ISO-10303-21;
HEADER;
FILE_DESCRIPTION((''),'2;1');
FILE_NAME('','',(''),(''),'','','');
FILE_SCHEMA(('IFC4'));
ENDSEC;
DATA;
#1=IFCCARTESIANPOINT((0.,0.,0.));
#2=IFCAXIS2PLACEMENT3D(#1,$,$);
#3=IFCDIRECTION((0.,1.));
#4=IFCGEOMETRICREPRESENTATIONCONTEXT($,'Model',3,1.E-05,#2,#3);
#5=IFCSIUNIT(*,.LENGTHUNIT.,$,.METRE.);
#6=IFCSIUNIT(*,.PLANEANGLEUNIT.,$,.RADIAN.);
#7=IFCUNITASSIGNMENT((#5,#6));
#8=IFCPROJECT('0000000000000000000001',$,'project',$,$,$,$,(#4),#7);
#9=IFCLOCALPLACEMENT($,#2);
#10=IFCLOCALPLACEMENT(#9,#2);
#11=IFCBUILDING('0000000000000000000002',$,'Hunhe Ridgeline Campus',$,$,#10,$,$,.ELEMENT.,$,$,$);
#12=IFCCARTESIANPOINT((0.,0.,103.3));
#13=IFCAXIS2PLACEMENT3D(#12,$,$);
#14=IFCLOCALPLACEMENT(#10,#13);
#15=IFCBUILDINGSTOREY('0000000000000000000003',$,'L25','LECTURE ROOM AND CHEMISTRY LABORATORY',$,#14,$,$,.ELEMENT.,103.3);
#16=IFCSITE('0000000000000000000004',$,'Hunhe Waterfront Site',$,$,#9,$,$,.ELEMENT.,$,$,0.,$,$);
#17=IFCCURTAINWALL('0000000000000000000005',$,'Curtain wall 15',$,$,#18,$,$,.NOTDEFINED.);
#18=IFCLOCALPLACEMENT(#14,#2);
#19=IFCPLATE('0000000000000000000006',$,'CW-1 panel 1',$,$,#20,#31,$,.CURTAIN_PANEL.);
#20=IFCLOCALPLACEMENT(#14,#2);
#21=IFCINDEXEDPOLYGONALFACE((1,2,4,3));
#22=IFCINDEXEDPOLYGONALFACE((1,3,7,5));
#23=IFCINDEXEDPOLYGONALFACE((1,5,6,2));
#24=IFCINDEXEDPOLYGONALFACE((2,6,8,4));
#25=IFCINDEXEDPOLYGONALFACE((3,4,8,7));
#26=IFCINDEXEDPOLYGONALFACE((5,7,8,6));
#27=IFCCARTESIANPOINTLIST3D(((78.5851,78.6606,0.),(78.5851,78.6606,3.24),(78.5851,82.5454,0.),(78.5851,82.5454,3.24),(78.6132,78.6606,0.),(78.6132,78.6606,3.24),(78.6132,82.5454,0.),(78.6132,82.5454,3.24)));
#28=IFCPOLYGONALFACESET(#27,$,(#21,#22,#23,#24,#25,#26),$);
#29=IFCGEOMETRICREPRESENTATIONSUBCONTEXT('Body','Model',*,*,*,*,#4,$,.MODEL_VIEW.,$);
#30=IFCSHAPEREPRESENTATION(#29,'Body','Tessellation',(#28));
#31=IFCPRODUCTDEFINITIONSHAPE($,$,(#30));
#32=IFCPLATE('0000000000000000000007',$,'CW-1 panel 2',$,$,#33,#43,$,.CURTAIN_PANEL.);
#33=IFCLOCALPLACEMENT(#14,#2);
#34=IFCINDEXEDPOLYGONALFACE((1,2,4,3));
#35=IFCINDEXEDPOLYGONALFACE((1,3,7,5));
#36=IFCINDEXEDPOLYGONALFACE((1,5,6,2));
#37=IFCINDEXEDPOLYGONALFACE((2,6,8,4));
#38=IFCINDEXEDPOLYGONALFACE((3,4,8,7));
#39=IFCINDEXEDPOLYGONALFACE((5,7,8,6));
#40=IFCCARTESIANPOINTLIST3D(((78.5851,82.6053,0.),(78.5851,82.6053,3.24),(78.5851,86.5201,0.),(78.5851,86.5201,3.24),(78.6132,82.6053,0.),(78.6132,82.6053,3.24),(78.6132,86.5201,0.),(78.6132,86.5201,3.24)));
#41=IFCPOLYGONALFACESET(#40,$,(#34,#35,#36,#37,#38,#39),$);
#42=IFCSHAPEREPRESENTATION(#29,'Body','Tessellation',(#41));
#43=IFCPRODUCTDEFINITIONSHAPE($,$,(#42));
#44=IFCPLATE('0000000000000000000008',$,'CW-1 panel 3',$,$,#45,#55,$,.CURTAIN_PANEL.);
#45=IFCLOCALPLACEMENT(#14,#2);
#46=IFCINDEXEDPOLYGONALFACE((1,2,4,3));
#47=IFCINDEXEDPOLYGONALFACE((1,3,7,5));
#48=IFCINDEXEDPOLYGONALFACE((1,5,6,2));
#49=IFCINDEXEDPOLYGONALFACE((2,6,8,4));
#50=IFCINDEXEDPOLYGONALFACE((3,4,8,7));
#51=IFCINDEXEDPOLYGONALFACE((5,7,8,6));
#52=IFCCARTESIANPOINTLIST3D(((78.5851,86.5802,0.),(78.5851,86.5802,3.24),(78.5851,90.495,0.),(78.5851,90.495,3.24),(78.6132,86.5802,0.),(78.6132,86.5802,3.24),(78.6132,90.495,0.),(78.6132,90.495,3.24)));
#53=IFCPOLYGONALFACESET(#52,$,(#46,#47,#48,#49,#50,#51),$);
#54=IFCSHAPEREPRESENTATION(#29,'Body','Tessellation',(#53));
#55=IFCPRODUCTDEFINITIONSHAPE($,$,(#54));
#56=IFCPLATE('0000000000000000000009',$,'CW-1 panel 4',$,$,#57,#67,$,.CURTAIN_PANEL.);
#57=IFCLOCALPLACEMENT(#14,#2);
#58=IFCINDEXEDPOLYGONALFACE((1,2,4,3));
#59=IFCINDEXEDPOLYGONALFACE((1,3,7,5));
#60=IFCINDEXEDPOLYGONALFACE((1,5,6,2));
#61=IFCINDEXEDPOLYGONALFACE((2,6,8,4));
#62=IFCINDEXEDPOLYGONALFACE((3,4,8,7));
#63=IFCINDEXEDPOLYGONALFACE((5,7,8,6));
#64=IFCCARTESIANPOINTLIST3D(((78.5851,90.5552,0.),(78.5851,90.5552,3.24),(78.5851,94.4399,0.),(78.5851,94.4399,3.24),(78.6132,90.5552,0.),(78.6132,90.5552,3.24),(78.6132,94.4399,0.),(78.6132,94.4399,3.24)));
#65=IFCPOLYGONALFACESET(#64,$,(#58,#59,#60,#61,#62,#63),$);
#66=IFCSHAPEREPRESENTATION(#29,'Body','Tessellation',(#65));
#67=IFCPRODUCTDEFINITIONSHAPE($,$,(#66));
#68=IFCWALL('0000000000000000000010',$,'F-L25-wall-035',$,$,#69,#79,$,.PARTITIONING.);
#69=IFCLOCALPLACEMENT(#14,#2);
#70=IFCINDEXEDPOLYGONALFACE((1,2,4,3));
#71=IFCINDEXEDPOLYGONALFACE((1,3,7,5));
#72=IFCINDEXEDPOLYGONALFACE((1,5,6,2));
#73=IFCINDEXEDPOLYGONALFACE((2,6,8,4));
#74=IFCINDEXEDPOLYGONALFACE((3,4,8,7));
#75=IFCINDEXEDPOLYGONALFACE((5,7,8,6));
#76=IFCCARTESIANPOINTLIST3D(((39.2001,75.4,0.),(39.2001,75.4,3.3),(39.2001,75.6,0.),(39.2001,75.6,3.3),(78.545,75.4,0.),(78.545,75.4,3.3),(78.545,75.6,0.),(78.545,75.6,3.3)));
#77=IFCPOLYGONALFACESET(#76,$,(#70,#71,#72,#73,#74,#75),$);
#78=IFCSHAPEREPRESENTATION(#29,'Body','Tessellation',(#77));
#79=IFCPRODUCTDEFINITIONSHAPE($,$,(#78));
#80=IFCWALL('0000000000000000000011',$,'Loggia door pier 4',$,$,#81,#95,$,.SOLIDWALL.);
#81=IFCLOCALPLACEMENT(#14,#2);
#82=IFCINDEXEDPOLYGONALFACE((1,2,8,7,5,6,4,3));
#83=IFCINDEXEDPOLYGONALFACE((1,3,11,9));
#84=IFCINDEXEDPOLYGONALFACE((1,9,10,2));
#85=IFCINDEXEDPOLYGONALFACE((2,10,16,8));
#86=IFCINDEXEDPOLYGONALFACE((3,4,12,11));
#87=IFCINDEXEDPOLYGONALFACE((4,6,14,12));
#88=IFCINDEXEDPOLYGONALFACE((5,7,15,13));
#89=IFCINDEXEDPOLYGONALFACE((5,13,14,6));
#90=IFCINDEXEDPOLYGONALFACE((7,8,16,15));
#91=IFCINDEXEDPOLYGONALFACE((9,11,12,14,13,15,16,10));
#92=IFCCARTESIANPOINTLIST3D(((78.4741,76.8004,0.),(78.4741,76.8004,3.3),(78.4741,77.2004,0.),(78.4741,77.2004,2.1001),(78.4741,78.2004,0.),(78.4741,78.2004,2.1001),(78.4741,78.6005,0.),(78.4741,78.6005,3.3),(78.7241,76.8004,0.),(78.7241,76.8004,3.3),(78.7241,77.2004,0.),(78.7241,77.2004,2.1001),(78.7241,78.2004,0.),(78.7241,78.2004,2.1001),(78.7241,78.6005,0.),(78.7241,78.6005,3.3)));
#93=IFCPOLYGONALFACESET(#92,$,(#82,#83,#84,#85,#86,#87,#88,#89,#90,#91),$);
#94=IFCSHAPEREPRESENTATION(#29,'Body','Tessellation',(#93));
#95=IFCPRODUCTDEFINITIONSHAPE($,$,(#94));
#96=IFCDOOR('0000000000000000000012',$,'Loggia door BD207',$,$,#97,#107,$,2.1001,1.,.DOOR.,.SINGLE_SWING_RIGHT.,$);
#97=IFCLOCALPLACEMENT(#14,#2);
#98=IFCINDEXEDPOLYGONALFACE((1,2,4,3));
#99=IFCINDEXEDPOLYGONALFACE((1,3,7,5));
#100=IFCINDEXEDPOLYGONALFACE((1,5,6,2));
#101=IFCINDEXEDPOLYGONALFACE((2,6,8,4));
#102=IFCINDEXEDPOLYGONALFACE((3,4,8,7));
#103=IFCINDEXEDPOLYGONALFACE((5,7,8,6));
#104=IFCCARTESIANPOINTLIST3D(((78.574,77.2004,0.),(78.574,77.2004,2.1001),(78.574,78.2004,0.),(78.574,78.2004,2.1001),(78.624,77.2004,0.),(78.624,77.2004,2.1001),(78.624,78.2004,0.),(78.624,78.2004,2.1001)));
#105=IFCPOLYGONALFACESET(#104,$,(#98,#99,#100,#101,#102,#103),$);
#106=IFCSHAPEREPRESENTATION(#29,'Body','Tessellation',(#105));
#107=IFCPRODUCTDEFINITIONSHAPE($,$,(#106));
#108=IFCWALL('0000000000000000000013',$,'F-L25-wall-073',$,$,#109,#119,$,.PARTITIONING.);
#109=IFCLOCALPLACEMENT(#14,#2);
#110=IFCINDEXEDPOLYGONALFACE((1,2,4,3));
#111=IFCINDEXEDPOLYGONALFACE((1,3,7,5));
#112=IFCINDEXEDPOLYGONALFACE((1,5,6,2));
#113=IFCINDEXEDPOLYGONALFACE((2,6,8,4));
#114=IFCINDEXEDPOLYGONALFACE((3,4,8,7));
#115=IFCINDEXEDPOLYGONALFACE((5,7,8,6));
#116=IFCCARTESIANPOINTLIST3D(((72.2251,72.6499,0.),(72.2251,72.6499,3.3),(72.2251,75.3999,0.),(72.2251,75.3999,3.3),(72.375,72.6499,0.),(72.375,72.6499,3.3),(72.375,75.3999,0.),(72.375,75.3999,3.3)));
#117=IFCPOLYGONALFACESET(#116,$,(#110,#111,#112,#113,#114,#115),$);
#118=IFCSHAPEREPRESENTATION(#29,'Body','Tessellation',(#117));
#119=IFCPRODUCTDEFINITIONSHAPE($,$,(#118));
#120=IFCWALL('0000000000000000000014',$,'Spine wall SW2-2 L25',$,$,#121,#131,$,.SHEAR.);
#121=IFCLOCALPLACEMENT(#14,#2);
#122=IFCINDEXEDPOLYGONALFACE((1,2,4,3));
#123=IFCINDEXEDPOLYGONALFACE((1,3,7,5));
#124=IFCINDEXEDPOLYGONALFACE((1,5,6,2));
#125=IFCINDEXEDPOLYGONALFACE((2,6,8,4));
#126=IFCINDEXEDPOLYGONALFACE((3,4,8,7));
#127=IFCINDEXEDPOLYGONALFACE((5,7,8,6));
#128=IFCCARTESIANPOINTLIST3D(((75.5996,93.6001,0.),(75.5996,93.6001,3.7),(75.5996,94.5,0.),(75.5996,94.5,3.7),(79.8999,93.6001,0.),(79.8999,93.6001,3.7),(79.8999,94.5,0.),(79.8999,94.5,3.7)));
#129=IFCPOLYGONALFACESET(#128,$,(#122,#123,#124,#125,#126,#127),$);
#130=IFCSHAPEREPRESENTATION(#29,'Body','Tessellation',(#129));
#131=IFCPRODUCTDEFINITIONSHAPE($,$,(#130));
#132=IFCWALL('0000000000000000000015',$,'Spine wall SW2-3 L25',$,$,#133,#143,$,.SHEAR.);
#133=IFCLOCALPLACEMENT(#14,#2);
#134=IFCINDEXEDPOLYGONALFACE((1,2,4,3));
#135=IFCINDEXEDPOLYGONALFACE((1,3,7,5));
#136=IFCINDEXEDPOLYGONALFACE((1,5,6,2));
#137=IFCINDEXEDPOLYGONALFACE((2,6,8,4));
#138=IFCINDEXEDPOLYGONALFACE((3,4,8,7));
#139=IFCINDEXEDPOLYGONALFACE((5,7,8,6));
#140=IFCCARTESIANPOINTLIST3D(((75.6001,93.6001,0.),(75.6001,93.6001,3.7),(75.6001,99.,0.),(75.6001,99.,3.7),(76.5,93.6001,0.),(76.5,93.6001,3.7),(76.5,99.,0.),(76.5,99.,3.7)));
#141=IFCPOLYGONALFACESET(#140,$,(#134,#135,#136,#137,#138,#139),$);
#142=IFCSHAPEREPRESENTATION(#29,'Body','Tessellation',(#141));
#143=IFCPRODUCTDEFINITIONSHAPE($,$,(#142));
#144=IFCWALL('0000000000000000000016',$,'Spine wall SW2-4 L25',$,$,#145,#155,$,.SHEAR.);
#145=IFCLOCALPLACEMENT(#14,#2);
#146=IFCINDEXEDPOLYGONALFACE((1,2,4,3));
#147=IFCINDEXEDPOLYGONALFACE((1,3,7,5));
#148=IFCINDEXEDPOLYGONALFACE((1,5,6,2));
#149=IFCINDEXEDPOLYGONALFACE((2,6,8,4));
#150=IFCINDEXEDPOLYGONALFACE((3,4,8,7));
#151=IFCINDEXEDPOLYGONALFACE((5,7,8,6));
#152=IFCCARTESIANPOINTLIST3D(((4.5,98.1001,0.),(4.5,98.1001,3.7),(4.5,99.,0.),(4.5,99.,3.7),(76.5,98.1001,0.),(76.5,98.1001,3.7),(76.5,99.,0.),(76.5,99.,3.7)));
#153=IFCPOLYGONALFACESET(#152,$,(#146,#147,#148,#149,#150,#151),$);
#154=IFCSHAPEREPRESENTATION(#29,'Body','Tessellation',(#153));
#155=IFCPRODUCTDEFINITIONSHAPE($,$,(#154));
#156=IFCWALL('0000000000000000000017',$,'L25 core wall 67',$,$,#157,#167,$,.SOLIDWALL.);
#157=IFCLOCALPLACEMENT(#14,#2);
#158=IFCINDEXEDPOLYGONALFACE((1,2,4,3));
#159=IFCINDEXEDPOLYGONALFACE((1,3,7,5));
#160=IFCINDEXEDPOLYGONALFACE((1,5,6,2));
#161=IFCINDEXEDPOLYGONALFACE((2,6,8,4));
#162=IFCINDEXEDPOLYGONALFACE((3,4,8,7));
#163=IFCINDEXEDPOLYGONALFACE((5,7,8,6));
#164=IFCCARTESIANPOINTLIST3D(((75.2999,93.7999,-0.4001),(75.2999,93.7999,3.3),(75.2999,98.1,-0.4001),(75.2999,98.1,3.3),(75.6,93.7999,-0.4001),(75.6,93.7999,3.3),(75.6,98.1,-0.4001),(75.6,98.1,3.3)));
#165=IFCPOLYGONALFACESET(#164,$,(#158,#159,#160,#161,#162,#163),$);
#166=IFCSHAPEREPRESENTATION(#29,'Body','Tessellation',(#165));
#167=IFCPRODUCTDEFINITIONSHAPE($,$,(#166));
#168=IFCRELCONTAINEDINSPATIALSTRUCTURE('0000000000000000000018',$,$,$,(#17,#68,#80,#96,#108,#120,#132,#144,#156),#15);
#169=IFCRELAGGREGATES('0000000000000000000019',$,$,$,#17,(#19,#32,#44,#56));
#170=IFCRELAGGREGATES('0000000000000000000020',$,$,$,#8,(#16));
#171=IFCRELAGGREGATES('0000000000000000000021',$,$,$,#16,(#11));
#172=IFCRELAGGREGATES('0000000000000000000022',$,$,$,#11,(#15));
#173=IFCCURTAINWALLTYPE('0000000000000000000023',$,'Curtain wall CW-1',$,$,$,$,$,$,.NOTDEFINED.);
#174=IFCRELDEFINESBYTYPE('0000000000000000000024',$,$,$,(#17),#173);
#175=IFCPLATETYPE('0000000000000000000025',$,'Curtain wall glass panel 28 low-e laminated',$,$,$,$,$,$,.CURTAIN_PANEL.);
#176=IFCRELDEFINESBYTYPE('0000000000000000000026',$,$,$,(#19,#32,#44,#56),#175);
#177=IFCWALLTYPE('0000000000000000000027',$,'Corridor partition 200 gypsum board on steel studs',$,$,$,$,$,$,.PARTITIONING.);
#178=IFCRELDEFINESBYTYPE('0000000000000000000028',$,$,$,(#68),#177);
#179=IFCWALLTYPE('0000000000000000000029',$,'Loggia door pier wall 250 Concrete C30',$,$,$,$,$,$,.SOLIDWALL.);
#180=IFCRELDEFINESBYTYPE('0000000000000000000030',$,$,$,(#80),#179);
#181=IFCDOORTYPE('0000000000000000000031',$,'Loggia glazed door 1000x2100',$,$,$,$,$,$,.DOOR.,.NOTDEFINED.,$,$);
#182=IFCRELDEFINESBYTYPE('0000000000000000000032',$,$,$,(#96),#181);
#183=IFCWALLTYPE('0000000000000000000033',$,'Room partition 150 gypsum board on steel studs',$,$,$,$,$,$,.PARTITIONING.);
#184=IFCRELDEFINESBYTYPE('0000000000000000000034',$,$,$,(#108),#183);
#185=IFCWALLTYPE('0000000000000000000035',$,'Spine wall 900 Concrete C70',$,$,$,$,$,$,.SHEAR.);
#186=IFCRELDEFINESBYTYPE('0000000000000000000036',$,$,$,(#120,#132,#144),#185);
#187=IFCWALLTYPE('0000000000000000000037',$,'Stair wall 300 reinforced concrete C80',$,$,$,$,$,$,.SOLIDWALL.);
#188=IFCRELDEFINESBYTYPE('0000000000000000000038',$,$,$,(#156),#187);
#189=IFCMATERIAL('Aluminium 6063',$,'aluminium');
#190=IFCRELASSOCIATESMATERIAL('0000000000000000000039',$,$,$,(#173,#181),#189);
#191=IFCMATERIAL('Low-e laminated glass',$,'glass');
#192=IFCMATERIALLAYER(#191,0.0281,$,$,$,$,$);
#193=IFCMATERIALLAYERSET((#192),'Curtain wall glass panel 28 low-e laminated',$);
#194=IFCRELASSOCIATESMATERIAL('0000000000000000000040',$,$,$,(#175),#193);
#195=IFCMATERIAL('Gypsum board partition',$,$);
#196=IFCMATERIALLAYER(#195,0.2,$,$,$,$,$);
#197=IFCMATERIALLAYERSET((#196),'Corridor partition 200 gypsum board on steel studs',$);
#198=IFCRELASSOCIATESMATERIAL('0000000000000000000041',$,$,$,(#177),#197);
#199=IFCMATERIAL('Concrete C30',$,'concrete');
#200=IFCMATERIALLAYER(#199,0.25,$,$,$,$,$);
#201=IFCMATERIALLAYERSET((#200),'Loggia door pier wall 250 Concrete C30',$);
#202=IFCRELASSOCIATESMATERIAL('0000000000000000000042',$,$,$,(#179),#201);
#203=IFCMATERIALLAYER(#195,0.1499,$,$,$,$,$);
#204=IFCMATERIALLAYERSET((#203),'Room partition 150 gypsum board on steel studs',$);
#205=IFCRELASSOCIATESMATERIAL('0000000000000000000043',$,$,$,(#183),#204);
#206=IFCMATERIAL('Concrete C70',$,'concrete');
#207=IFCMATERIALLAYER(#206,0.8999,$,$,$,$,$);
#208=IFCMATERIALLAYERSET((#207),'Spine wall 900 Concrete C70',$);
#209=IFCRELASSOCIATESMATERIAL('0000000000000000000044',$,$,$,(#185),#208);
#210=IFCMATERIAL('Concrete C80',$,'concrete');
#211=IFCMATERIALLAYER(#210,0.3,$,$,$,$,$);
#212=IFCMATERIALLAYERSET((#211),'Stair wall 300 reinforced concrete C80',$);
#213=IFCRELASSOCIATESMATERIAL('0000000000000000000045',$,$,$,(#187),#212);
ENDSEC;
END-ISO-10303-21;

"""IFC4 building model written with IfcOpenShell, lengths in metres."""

from ifc_helpers import new_model, si_unit, direction, frame, frame_2d, origin, origin_2d, place, context, subcontext, project, spatial, rectangle, extrude, material, layer, layer_set, type_object, element, fill, aggregate, save


model = new_model("IFC4")

# Units and contexts
model_context = context("Model", 3, precision=1e-05, world=origin(), true_north=direction((0.0, 1.0)))
body_context = subcontext(model_context, "Body", "Model", "MODEL_VIEW")
ifc_project = project(units=[si_unit("LENGTHUNIT", "METRE"), si_unit("PLANEANGLEUNIT", "RADIAN")], contexts=[model_context])

# Site, building, storey
site_placement = place(None, origin())
site = spatial("IfcSite", under=ifc_project, at=site_placement, Name="Hunhe Waterfront Site", CompositionType="ELEMENT", RefElevation=0.0)
building_placement = place(site_placement, origin())
building = spatial("IfcBuilding", under=site, at=building_placement, Name="Hunhe Ridgeline Campus", CompositionType="ELEMENT")
storey_placement = place(building_placement, frame((0.0, 0.0, 103.3)))
storey = spatial("IfcBuildingStorey", under=building, at=storey_placement, Name="L25", Description="LECTURE ROOM AND CHEMISTRY LABORATORY", CompositionType="ELEMENT", Elevation=103.3)

# Shared definitions
ifc_material_1 = material(Name="Concrete C70", Category="concrete")

# Shared definitions
ifc_material_2 = material(Name="Aluminium 6063", Category="aluminium")
curtain_wall_type = type_object("IfcCurtainWallType", Name="Curtain wall CW-1", PredefinedType="NOTDEFINED", material=ifc_material_2)

# Curtain wall
curtain_wall_1_placement = place(storey_placement, origin())
curtain_wall_1 = element("IfcCurtainWall", 1, at=curtain_wall_1_placement, inside=storey, type_object=curtain_wall_type, Name="Curtain wall 15", PredefinedType="NOTDEFINED")

# Plates
ifc_material_3 = material(Name="Low-e laminated glass", Category="glass")
ifc_layer_1 = layer(ifc_material_3, 0.0281)
ifc_layer_set_1 = layer_set([ifc_layer_1], Name="Curtain wall glass panel 28 low-e laminated")
plate_type = type_object("IfcPlateType", Name="Curtain wall glass panel 28 low-e laminated", PredefinedType="CURTAIN_PANEL", material=ifc_layer_set_1)
plate_1_placement = place(storey_placement, frame((78.5991, 80.603, 0.0), z_axis=(0.0, 0.0, 1.0), x_axis=(0.0, 1.0, 0.0)))
plate_1 = element("IfcPlate", 2, at=plate_1_placement, type_object=plate_type, Name="CW-1 panel 1", PredefinedType="CURTAIN_PANEL", context=body_context, shape_type="SweptSolid", body=[
    extrude(rectangle(XDim=3.8848, YDim=0.0281, at=origin_2d()), origin(), (0.0, 0.0, 1.0), 3.24),
])
plate_2_placement = place(storey_placement, frame((78.5991, 84.5627, 0.0), z_axis=(0.0, 0.0, 1.0), x_axis=(0.0, 1.0, 0.0)))
plate_2 = element("IfcPlate", 3, at=plate_2_placement, type_object=plate_type, Name="CW-1 panel 2", PredefinedType="CURTAIN_PANEL", context=body_context, shape_type="SweptSolid", body=[
    extrude(rectangle(XDim=3.9148, YDim=0.0281, at=origin_2d()), origin(), (0.0, 0.0, 1.0), 3.24),
])
plate_3_placement = place(storey_placement, frame((78.5991, 88.5376, 0.0), z_axis=(0.0, 0.0, 1.0), x_axis=(0.0, 1.0, 0.0)))
plate_3 = element("IfcPlate", 4, at=plate_3_placement, type_object=plate_type, Name="CW-1 panel 3", PredefinedType="CURTAIN_PANEL", context=body_context, shape_type="SweptSolid", body=[
    extrude(rectangle(XDim=3.9148, YDim=0.0281, at=origin_2d()), origin(), (0.0, 0.0, 1.0), 3.24),
])
plate_4_placement = place(storey_placement, frame((78.5991, 92.4976, 0.0), z_axis=(0.0, 0.0, 1.0), x_axis=(0.0, 1.0, 0.0)))
plate_4 = element("IfcPlate", 5, at=plate_4_placement, type_object=plate_type, Name="CW-1 panel 4", PredefinedType="CURTAIN_PANEL", context=body_context, shape_type="SweptSolid", body=[
    extrude(rectangle(XDim=3.8848, YDim=0.0281, at=origin_2d()), origin(), (0.0, 0.0, 1.0), 3.24),
])
aggregate(curtain_wall_1, [plate_1, plate_2, plate_3, plate_4])

# Wall
ifc_material_4 = material(Name="Gypsum board partition")
ifc_layer_2 = layer(ifc_material_4, 0.2)
ifc_layer_set_2 = layer_set([ifc_layer_2], Name="Corridor partition 200 gypsum board on steel studs")
wall_type_1 = type_object("IfcWallType", Name="Corridor partition 200 gypsum board on steel studs", PredefinedType="PARTITIONING", material=ifc_layer_set_2)
wall_1_placement = place(storey_placement, frame((78.5449, 75.5, 0.0), z_axis=(0.0, 0.0, 1.0), x_axis=(-1.0, 0.0, 0.0)))
element("IfcWall", 6, at=wall_1_placement, inside=storey, type_object=wall_type_1, Name="F-L25-wall-035", PredefinedType="PARTITIONING", context=body_context, shape_type="SweptSolid", body=[
    extrude(rectangle(XDim=39.345, YDim=0.2, at=frame_2d((19.6724, 0.0))), origin(), (0.0, 0.0, 1.0), 3.3),
])

# Wall, opening, door
ifc_material_5 = material(Name="Concrete C30", Category="concrete")
ifc_layer_3 = layer(ifc_material_5, 0.25)
ifc_layer_set_3 = layer_set([ifc_layer_3], Name="Loggia door pier wall 250 Concrete C30")
wall_type_2 = type_object("IfcWallType", Name="Loggia door pier wall 250 Concrete C30", PredefinedType="SOLIDWALL", material=ifc_layer_set_3)
wall_2_placement = place(storey_placement, frame((78.5991, 76.8005, 0.0), z_axis=(0.0, 0.0, 1.0), x_axis=(0.0, 1.0, 0.0)))
wall_2 = element("IfcWall", 7, at=wall_2_placement, inside=storey, type_object=wall_type_2, Name="Loggia door pier 4", PredefinedType="SOLIDWALL", context=body_context, shape_type="SweptSolid", body=[
    extrude(rectangle(XDim=1.8, YDim=0.25, at=frame_2d((0.8999, 0.0))), origin(), (0.0, 0.0, 1.0), 3.3),
])
opening_placement = place(wall_2_placement, frame((0.3999, 0.0, 0.0)))
opening = element("IfcOpeningElement", 8, at=opening_placement, cuts=wall_2, PredefinedType="OPENING", context=body_context, shape_type="SweptSolid", body=[
    extrude(rectangle(XDim=1.0, YDim=2.1001, at=frame_2d((0.5, 1.05))), frame((0.0, 0.125, 0.0), z_axis=(0.0, -1.0, 0.0), x_axis=(1.0, 0.0, 0.0)), (0.0, 0.0, 1.0), 0.25),
])
door_type = type_object("IfcDoorType", Name="Loggia glazed door 1000x2100", OperationType="NOTDEFINED", PredefinedType="DOOR", material=ifc_material_2)
door_placement = place(opening_placement, frame((1.0, 0.0, 0.0), z_axis=(0.0, 0.0, 1.0), x_axis=(-1.0, 0.0, 0.0)))
door = element("IfcDoor", 9, at=door_placement, inside=storey, type_object=door_type, Name="Loggia door BD207", OperationType="SINGLE_SWING_RIGHT", OverallHeight=2.1001, OverallWidth=1.0, PredefinedType="DOOR", context=body_context, shape_type="SweptSolid", body=[
    extrude(rectangle(XDim=1.0, YDim=2.1001, at=frame_2d((0.5, 1.05))), frame((0.0, 0.0249, 0.0), z_axis=(0.0, -1.0, 0.0), x_axis=(1.0, 0.0, 0.0)), (0.0, 0.0, 1.0), 0.05),
])
fill(opening, door)

# Walls
ifc_layer_4 = layer(ifc_material_4, 0.1499)
ifc_layer_set_4 = layer_set([ifc_layer_4], Name="Room partition 150 gypsum board on steel studs")
wall_type_3 = type_object("IfcWallType", Name="Room partition 150 gypsum board on steel studs", PredefinedType="PARTITIONING", material=ifc_layer_set_4)
wall_3_placement = place(storey_placement, frame((72.3, 75.3999, 0.0), z_axis=(0.0, 0.0, 1.0), x_axis=(0.0, -1.0, 0.0)))
element("IfcWall", 10, at=wall_3_placement, inside=storey, type_object=wall_type_3, Name="F-L25-wall-073", PredefinedType="PARTITIONING", context=body_context, shape_type="SweptSolid", body=[
    extrude(rectangle(XDim=2.75, YDim=0.1499, at=frame_2d((1.375, 0.0))), origin(), (0.0, 0.0, 1.0), 3.3),
])
ifc_layer_5 = layer(ifc_material_1, 0.8999)
ifc_layer_set_5 = layer_set([ifc_layer_5], Name="Spine wall 900 Concrete C70")
wall_type_4 = type_object("IfcWallType", Name="Spine wall 900 Concrete C70", PredefinedType="SHEAR", material=ifc_layer_set_5)
wall_4_placement = place(storey_placement, frame((79.8999, 94.05, 0.0), z_axis=(0.0, 0.0, 1.0), x_axis=(-1.0, 0.0, 0.0)))
element("IfcWall", 11, at=wall_4_placement, inside=storey, type_object=wall_type_4, Name="Spine wall SW2-2 L25", PredefinedType="SHEAR", context=body_context, shape_type="SweptSolid", body=[
    extrude(rectangle(XDim=4.3003, YDim=0.8999, at=frame_2d((2.1501, 0.0))), origin(), (0.0, 0.0, 1.0), 3.7),
])
wall_5_placement = place(storey_placement, frame((76.05, 93.6001, 0.0), z_axis=(0.0, 0.0, 1.0), x_axis=(0.0, 1.0, 0.0)))
element("IfcWall", 12, at=wall_5_placement, inside=storey, type_object=wall_type_4, Name="Spine wall SW2-3 L25", PredefinedType="SHEAR", context=body_context, shape_type="SweptSolid", body=[
    extrude(rectangle(XDim=5.3999, YDim=0.8999, at=frame_2d((2.7, 0.0))), origin(), (0.0, 0.0, 1.0), 3.7),
])
wall_6_placement = place(storey_placement, frame((76.5, 98.55, 0.0), z_axis=(0.0, 0.0, 1.0), x_axis=(-1.0, 0.0, 0.0)))
element("IfcWall", 13, at=wall_6_placement, inside=storey, type_object=wall_type_4, Name="Spine wall SW2-4 L25", PredefinedType="SHEAR", context=body_context, shape_type="SweptSolid", body=[
    extrude(rectangle(XDim=72.0, YDim=0.8999, at=frame_2d((36.0, 0.0))), origin(), (0.0, 0.0, 1.0), 3.7),
])
ifc_material_6 = material(Name="Concrete C80", Category="concrete")
ifc_layer_6 = layer(ifc_material_6, 0.3)
ifc_layer_set_6 = layer_set([ifc_layer_6], Name="Stair wall 300 reinforced concrete C80")
wall_type_5 = type_object("IfcWallType", Name="Stair wall 300 reinforced concrete C80", PredefinedType="SOLIDWALL", material=ifc_layer_set_6)
wall_7_placement = place(storey_placement, frame((75.45, 93.8, -0.4001), z_axis=(0.0, 0.0, 1.0), x_axis=(0.0, 1.0, 0.0)))
element("IfcWall", 14, at=wall_7_placement, inside=storey, type_object=wall_type_5, Name="L25 core wall 67", PredefinedType="SOLIDWALL", context=body_context, shape_type="SweptSolid", body=[
    extrude(rectangle(XDim=4.3, YDim=0.3, at=frame_2d((2.1499, 0.0))), origin(), (0.0, 0.0, 1.0), 3.7002),
])

save(model, "model.ifc")
